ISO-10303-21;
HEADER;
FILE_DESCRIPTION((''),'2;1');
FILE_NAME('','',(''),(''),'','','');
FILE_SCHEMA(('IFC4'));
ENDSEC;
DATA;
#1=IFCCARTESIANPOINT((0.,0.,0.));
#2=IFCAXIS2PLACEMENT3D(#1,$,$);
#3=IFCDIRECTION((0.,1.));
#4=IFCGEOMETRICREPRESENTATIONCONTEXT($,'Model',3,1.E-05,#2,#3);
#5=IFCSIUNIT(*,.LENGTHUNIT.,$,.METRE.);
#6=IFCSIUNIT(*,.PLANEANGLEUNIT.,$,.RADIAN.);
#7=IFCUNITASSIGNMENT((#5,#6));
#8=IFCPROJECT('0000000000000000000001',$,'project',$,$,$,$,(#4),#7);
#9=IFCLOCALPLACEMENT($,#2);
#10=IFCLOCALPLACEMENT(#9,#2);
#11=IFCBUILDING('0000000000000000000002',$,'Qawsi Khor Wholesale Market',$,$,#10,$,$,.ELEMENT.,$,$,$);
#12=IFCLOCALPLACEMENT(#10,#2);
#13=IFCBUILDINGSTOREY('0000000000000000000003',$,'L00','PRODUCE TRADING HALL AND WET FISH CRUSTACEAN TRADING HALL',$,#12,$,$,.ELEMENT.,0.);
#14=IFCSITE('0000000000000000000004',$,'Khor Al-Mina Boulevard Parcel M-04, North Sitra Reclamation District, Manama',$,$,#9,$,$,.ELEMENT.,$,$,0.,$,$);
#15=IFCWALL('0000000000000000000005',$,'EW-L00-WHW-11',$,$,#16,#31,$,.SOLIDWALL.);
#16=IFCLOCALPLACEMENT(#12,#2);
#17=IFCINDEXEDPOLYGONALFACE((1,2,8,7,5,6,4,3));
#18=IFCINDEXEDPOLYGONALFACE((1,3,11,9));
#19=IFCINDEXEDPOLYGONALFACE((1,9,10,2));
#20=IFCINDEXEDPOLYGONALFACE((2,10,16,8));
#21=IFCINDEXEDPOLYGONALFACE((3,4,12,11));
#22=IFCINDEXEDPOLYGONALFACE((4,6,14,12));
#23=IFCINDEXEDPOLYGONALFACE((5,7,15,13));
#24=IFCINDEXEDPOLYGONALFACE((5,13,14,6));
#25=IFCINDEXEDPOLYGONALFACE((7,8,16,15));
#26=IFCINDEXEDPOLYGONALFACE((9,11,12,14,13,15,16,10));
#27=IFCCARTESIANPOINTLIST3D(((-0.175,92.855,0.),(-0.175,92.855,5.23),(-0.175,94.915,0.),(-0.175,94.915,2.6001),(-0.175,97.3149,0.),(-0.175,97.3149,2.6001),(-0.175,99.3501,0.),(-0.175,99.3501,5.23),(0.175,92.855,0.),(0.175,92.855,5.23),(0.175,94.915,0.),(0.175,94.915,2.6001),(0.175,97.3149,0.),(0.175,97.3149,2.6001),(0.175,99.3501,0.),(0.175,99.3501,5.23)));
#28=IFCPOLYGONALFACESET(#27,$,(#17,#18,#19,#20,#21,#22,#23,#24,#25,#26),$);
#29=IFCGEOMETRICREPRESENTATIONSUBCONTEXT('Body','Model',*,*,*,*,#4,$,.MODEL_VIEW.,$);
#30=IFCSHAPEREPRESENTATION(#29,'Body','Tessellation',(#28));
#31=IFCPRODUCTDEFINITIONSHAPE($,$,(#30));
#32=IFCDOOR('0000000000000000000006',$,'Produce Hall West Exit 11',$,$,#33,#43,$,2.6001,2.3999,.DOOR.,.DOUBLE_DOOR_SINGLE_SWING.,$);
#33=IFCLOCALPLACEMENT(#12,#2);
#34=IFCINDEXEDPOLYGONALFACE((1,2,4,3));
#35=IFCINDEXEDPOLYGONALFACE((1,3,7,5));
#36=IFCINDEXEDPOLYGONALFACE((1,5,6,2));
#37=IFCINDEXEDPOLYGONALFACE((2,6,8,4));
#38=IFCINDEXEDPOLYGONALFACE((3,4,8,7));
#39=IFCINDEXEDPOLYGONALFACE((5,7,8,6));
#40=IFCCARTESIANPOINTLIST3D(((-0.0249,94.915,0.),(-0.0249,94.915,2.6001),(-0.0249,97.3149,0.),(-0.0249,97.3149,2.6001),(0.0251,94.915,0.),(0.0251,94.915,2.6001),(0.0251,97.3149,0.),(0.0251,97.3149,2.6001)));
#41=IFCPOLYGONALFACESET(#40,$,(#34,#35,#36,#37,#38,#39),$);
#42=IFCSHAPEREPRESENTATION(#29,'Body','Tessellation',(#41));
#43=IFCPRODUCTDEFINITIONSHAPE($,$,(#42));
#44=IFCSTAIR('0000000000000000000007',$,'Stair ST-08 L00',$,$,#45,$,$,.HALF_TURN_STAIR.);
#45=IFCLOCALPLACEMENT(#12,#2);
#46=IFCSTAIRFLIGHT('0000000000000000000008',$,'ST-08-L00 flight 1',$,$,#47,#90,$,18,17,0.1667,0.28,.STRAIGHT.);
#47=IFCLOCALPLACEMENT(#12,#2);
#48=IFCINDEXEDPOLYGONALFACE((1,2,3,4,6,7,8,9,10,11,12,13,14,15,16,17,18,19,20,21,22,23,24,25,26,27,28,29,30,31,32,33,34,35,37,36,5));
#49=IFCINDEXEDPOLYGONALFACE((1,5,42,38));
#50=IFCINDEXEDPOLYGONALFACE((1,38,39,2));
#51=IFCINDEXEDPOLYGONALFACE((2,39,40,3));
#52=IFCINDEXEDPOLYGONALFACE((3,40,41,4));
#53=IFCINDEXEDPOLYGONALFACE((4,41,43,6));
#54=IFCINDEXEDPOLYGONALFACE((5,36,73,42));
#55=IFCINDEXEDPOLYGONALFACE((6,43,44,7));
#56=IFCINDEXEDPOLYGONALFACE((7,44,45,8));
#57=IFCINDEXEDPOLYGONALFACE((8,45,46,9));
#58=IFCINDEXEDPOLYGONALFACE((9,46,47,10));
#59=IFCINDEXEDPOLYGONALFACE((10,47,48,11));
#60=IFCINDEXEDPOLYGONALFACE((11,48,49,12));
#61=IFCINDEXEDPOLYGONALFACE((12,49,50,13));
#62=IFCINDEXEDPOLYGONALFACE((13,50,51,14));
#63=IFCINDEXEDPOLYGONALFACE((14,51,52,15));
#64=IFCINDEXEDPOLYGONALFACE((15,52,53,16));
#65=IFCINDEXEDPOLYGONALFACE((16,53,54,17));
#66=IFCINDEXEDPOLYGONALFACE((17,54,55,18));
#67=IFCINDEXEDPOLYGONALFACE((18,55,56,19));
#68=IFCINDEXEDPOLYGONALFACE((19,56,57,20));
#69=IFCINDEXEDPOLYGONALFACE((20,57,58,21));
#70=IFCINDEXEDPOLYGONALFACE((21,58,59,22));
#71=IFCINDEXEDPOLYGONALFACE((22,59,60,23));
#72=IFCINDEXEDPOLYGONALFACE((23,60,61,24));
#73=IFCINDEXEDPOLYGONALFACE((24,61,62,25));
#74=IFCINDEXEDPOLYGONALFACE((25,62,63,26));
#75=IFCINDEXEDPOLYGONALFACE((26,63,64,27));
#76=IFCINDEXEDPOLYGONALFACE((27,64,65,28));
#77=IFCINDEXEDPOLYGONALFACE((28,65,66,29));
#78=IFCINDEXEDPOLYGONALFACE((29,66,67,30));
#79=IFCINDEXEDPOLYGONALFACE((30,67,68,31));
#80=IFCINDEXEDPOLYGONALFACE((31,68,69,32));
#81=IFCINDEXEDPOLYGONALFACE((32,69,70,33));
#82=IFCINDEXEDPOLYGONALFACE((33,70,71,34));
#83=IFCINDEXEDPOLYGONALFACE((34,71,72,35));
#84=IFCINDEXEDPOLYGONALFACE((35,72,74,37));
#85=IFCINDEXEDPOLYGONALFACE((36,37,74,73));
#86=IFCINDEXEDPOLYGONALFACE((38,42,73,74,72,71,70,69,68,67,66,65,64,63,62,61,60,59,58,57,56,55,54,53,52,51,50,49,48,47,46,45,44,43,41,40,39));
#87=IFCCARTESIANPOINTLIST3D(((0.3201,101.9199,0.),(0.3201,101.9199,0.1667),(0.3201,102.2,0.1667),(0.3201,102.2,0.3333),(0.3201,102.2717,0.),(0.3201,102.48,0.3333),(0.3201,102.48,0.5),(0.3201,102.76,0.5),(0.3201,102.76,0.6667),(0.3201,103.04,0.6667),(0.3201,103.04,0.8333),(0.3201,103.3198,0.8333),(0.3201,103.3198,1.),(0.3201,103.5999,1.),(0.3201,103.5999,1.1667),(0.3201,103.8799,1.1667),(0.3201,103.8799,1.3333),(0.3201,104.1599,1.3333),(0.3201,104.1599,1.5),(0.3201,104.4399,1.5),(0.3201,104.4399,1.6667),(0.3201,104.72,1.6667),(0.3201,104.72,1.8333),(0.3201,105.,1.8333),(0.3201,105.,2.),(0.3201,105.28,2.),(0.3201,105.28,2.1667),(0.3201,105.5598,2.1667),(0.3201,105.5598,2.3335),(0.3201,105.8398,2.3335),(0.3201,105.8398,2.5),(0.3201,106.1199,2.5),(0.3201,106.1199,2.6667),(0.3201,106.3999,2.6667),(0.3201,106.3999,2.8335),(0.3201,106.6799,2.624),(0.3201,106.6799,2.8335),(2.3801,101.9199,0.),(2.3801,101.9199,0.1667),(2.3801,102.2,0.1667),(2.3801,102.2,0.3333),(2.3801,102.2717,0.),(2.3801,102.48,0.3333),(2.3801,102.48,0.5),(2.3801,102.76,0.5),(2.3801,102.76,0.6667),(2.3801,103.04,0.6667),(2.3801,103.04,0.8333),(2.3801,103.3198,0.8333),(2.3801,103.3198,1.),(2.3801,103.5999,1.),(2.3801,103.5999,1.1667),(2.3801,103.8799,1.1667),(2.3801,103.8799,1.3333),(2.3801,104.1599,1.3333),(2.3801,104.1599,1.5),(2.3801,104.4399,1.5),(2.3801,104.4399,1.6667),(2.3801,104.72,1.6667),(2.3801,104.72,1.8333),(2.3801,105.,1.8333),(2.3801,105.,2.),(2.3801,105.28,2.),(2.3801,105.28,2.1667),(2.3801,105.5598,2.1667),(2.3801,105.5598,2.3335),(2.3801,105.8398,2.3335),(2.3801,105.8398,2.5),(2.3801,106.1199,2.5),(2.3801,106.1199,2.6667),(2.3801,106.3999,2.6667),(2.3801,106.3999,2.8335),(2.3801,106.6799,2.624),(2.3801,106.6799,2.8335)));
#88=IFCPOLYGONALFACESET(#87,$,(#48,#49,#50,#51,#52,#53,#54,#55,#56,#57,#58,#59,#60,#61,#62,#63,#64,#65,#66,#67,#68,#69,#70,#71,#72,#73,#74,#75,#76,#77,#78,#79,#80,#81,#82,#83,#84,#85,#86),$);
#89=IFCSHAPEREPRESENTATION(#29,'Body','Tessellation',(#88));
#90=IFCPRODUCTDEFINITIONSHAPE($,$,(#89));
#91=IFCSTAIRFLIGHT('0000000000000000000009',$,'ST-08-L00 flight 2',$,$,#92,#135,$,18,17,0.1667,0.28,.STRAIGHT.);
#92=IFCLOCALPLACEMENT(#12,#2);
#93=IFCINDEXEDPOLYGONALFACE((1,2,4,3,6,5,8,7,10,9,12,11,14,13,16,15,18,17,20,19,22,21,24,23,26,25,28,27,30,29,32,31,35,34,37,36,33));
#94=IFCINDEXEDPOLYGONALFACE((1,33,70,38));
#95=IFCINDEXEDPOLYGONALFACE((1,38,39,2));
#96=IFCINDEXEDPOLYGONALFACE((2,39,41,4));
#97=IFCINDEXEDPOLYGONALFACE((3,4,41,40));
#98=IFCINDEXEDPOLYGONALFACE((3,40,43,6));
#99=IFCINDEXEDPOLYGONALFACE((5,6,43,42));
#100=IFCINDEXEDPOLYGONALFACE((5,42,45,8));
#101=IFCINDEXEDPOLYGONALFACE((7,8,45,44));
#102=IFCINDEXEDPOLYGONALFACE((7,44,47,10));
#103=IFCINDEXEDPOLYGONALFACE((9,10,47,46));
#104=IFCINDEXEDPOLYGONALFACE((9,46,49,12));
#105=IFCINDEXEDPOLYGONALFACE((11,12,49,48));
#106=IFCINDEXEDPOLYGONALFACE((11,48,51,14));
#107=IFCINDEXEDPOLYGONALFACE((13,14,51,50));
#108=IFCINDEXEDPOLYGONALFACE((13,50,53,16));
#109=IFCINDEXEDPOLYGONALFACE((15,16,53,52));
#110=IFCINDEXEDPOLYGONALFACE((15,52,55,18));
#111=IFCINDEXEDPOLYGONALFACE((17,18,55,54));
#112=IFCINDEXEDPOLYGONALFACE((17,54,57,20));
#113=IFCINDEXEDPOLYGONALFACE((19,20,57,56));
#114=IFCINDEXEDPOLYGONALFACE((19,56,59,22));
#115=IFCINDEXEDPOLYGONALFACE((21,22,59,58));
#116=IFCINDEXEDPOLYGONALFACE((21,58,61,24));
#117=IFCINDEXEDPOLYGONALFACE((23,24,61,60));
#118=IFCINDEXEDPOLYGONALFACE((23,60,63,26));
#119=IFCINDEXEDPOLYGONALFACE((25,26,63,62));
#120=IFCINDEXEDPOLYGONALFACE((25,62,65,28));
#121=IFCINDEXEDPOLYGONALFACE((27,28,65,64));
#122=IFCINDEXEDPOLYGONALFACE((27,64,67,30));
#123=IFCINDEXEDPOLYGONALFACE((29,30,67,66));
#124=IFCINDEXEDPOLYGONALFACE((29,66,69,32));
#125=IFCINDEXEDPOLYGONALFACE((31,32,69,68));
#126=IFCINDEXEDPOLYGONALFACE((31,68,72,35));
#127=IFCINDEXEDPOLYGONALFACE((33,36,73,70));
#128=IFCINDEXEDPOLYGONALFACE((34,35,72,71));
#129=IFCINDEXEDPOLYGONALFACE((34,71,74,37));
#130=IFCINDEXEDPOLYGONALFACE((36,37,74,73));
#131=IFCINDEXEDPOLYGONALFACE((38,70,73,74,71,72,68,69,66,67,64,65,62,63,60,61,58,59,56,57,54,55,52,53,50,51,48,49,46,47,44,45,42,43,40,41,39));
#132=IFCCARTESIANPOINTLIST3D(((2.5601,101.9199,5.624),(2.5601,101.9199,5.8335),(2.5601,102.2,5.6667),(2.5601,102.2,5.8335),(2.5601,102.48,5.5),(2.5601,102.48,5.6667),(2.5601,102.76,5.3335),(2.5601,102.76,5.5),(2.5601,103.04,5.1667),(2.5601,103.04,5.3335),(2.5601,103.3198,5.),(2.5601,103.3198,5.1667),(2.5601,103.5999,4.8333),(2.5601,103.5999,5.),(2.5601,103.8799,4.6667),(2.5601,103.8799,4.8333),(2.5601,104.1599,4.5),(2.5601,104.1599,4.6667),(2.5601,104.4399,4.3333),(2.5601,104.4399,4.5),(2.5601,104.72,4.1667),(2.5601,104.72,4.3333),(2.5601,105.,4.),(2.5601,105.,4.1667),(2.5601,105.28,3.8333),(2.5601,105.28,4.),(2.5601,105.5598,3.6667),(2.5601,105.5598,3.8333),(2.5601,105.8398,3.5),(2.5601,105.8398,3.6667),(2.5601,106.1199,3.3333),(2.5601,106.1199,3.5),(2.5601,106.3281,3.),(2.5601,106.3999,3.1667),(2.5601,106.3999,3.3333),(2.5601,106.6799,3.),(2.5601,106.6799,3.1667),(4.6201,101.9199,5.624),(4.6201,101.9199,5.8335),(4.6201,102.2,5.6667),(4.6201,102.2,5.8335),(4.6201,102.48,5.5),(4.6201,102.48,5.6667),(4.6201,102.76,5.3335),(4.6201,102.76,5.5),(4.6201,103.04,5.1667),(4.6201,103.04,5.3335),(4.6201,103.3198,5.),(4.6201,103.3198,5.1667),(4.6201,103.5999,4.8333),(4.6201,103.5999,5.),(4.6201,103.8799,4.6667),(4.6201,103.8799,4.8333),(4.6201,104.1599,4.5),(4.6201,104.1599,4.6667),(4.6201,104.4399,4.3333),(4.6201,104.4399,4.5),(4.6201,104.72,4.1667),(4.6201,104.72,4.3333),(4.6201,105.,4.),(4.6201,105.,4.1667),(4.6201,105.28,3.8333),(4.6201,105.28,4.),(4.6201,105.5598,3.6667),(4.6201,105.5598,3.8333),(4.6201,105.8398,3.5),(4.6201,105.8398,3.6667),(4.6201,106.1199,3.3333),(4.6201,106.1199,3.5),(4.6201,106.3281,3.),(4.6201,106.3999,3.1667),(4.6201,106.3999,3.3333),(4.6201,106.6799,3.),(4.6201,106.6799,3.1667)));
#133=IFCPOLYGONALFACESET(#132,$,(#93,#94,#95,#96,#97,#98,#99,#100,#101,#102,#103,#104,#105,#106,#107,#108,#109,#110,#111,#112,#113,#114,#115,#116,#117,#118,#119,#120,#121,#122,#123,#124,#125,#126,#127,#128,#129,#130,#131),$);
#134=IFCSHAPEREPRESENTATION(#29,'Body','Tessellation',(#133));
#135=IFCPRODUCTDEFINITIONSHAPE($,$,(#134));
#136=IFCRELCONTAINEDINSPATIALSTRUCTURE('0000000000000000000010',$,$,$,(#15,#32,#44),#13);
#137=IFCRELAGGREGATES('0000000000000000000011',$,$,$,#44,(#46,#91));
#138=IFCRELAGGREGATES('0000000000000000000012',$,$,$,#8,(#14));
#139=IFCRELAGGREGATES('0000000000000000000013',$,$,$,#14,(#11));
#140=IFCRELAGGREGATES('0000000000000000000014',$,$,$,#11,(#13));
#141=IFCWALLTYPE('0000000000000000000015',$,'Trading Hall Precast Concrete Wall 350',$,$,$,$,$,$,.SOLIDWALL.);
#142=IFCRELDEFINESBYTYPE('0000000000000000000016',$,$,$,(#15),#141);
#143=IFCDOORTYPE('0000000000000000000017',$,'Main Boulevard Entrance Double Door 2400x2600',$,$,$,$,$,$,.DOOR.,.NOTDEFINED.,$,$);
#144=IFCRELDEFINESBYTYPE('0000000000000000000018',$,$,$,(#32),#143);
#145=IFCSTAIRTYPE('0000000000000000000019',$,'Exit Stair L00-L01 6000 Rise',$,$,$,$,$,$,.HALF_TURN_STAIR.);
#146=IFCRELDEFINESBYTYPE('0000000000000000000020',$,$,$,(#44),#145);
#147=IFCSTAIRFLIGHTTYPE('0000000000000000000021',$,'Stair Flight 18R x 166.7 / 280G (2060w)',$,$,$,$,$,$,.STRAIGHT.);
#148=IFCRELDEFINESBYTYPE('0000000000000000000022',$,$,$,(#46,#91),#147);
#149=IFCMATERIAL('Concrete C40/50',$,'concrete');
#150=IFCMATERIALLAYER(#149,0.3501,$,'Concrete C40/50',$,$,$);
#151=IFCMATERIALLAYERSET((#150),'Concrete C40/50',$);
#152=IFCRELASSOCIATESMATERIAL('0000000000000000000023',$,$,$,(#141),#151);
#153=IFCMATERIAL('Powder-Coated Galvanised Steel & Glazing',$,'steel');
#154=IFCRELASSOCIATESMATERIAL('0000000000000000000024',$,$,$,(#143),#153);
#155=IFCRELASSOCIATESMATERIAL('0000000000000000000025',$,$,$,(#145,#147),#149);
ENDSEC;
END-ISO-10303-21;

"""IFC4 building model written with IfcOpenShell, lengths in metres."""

from ifc_helpers import new_model, si_unit, direction, frame, frame_2d, origin, place, context, subcontext, project, spatial, polyline, rectangle, outline, extrude, material, layer, layer_set, type_object, element, fill, aggregate, save


model = new_model("IFC4")

# Units and contexts
model_context = context("Model", 3, precision=1e-05, world=origin(), true_north=direction((0.0, 1.0)))
body_context = subcontext(model_context, "Body", "Model", "MODEL_VIEW")
ifc_project = project(units=[si_unit("LENGTHUNIT", "METRE"), si_unit("PLANEANGLEUNIT", "RADIAN")], contexts=[model_context])

# Site, building, storey
site_placement = place(None, origin())
site = spatial("IfcSite", under=ifc_project, at=site_placement, Name="Khor Al-Mina Boulevard Parcel M-04, North Sitra Reclamation District, Manama", CompositionType="ELEMENT", RefElevation=0.0)
building_placement = place(site_placement, origin())
building = spatial("IfcBuilding", under=site, at=building_placement, Name="Qawsi Khor Wholesale Market", CompositionType="ELEMENT")
storey_placement = place(building_placement, origin())
storey = spatial("IfcBuildingStorey", under=building, at=storey_placement, Name="L00", Description="PRODUCE TRADING HALL AND WET FISH CRUSTACEAN TRADING HALL", CompositionType="ELEMENT", Elevation=0.0)

# Shared definitions
ifc_material_1 = material(Name="Concrete C40/50", Category="concrete")

# Shared definitions
ifc_material_2 = material(Name="Powder-Coated Galvanised Steel & Glazing", Category="steel")

# Wall, opening, door
ifc_layer_1 = layer(ifc_material_1, 0.3501, Name="Concrete C40/50")
ifc_layer_set_1 = layer_set([ifc_layer_1], Name="Concrete C40/50")
wall_type_1 = type_object("IfcWallType", Name="Trading Hall Precast Concrete Wall 350", PredefinedType="SOLIDWALL", material=ifc_layer_set_1)
wall_1_placement = place(storey_placement, frame((0.0, 92.855, 0.0), z_axis=(0.0, 0.0, 1.0), x_axis=(0.0, 1.0, 0.0)))
wall_1 = element("IfcWall", 1, at=wall_1_placement, inside=storey, type_object=wall_type_1, Name="EW-L00-WHW-11", PredefinedType="SOLIDWALL", context=body_context, shape_type="SweptSolid", body=[
    extrude(rectangle(XDim=6.4951, YDim=0.3501, at=frame_2d((3.2476, 0.0))), origin(), (0.0, 0.0, 1.0), 5.23),
])
opening_1_placement = place(wall_1_placement, frame((2.0601, 0.0, 0.0)))
opening_1 = element("IfcOpeningElement", 2, at=opening_1_placement, cuts=wall_1, PredefinedType="OPENING", context=body_context, shape_type="SweptSolid", body=[
    extrude(rectangle(XDim=2.3999, YDim=2.6001, at=frame_2d((1.2, 1.3))), frame((0.0, 0.1851, 0.0), z_axis=(0.0, -1.0, 0.0), x_axis=(1.0, 0.0, 0.0)), (0.0, 0.0, 1.0), 0.3701),
])
door_type_1 = type_object("IfcDoorType", Name="Main Boulevard Entrance Double Door 2400x2600", OperationType="NOTDEFINED", PredefinedType="DOOR", material=ifc_material_2)
door_1_placement = place(opening_1_placement, origin())
door_1 = element("IfcDoor", 3, at=door_1_placement, inside=storey, type_object=door_type_1, Name="Produce Hall West Exit 11", OperationType="DOUBLE_DOOR_SINGLE_SWING", OverallHeight=2.6001, OverallWidth=2.3999, PredefinedType="DOOR", context=body_context, shape_type="SweptSolid", body=[
    extrude(rectangle(XDim=2.3999, YDim=2.6001, at=frame_2d((1.2, 1.3))), frame((0.0, 0.0249, 0.0), z_axis=(0.0, -1.0, 0.0), x_axis=(1.0, 0.0, 0.0)), (0.0, 0.0, 1.0), 0.05),
])
fill(opening_1, door_1)

# Stair, stair flights
stair_type = type_object("IfcStairType", Name="Exit Stair L00-L01 6000 Rise", PredefinedType="HALF_TURN_STAIR", material=ifc_material_1)
stair_placement = place(storey_placement, origin())
stair = element("IfcStair", 4, at=stair_placement, inside=storey, type_object=stair_type, Name="Stair ST-08 L00", PredefinedType="HALF_TURN_STAIR")
stair_flight_type = type_object("IfcStairFlightType", Name="Stair Flight 18R x 166.7 / 280G (2060w)", PredefinedType="STRAIGHT", material=ifc_material_1)
stair_flight_1_placement = place(storey_placement, frame((1.3501, 101.9199, 0.0), z_axis=(0.0, 0.0, 1.0), x_axis=(0.0, 1.0, 0.0)))
stair_flight_1 = element("IfcStairFlight", 5, at=stair_flight_1_placement, type_object=stair_flight_type, Name="ST-08-L00 flight 1", NumberOfRisers=18, NumberOfTreads=17, PredefinedType="STRAIGHT", RiserHeight=0.1667, TreadLength=0.28, context=body_context, shape_type="SweptSolid", body=[
    extrude(outline(polyline([(0.0, 0.0), (0.0, 0.1667), (0.28, 0.1667), (0.28, 0.3333), (0.5601, 0.3333), (0.5601, 0.5), (0.8401, 0.5), (0.8401, 0.6667), (1.1201, 0.6667), (1.1201, 0.8333), (1.3999, 0.8333), (1.3999, 1.0), (1.6799, 1.0), (1.6799, 1.1667), (1.96, 1.1667), (1.96, 1.3333), (2.24, 1.3333), (2.24, 1.5), (2.52, 1.5), (2.52, 1.6667), (2.8, 1.6667), (2.8, 1.8333), (3.0801, 1.8333), (3.0801, 2.0), (3.3601, 2.0), (3.3601, 2.1667), (3.6399, 2.1667), (3.6399, 2.3335), (3.9199, 2.3335), (3.9199, 2.5), (4.2, 2.5), (4.2, 2.6667), (4.48, 2.6667), (4.48, 2.8335), (4.76, 2.8335), (4.76, 3.0), (4.76, 2.624), (0.3518, 0.0), (0.0, 0.0)])), frame((0.0, 1.03, 0.0), z_axis=(0.0, -1.0, 0.0), x_axis=(1.0, 0.0, 0.0)), (0.0, 0.0, 1.0), 2.0601),
])
stair_flight_2_placement = place(storey_placement, frame((3.5901, 106.6799, 3.0), z_axis=(0.0, 0.0, 1.0), x_axis=(0.0, -1.0, 0.0)))
stair_flight_2 = element("IfcStairFlight", 6, at=stair_flight_2_placement, type_object=stair_flight_type, Name="ST-08-L00 flight 2", NumberOfRisers=18, NumberOfTreads=17, PredefinedType="STRAIGHT", RiserHeight=0.1667, TreadLength=0.28, context=body_context, shape_type="SweptSolid", body=[
    extrude(outline(polyline([(0.0, 0.0), (0.0, 0.1667), (0.28, 0.1667), (0.28, 0.3333), (0.5601, 0.3333), (0.5601, 0.5), (0.8401, 0.5), (0.8401, 0.6667), (1.1201, 0.6667), (1.1201, 0.8333), (1.3999, 0.8333), (1.3999, 1.0), (1.6799, 1.0), (1.6799, 1.1667), (1.96, 1.1667), (1.96, 1.3333), (2.24, 1.3333), (2.24, 1.5), (2.52, 1.5), (2.52, 1.6667), (2.8, 1.6667), (2.8, 1.8333), (3.0801, 1.8333), (3.0801, 2.0), (3.3601, 2.0), (3.3601, 2.1667), (3.6399, 2.1667), (3.6399, 2.3335), (3.9199, 2.3335), (3.9199, 2.5), (4.2, 2.5), (4.2, 2.6667), (4.48, 2.6667), (4.48, 2.8335), (4.76, 2.8335), (4.76, 3.0), (4.76, 2.624), (0.3518, 0.0), (0.0, 0.0)])), frame((0.0, 1.03, 0.0), z_axis=(0.0, -1.0, 0.0), x_axis=(1.0, 0.0, 0.0)), (0.0, 0.0, 1.0), 2.0601),
])
aggregate(stair, [stair_flight_1, stair_flight_2])

save(model, "model.ifc")
